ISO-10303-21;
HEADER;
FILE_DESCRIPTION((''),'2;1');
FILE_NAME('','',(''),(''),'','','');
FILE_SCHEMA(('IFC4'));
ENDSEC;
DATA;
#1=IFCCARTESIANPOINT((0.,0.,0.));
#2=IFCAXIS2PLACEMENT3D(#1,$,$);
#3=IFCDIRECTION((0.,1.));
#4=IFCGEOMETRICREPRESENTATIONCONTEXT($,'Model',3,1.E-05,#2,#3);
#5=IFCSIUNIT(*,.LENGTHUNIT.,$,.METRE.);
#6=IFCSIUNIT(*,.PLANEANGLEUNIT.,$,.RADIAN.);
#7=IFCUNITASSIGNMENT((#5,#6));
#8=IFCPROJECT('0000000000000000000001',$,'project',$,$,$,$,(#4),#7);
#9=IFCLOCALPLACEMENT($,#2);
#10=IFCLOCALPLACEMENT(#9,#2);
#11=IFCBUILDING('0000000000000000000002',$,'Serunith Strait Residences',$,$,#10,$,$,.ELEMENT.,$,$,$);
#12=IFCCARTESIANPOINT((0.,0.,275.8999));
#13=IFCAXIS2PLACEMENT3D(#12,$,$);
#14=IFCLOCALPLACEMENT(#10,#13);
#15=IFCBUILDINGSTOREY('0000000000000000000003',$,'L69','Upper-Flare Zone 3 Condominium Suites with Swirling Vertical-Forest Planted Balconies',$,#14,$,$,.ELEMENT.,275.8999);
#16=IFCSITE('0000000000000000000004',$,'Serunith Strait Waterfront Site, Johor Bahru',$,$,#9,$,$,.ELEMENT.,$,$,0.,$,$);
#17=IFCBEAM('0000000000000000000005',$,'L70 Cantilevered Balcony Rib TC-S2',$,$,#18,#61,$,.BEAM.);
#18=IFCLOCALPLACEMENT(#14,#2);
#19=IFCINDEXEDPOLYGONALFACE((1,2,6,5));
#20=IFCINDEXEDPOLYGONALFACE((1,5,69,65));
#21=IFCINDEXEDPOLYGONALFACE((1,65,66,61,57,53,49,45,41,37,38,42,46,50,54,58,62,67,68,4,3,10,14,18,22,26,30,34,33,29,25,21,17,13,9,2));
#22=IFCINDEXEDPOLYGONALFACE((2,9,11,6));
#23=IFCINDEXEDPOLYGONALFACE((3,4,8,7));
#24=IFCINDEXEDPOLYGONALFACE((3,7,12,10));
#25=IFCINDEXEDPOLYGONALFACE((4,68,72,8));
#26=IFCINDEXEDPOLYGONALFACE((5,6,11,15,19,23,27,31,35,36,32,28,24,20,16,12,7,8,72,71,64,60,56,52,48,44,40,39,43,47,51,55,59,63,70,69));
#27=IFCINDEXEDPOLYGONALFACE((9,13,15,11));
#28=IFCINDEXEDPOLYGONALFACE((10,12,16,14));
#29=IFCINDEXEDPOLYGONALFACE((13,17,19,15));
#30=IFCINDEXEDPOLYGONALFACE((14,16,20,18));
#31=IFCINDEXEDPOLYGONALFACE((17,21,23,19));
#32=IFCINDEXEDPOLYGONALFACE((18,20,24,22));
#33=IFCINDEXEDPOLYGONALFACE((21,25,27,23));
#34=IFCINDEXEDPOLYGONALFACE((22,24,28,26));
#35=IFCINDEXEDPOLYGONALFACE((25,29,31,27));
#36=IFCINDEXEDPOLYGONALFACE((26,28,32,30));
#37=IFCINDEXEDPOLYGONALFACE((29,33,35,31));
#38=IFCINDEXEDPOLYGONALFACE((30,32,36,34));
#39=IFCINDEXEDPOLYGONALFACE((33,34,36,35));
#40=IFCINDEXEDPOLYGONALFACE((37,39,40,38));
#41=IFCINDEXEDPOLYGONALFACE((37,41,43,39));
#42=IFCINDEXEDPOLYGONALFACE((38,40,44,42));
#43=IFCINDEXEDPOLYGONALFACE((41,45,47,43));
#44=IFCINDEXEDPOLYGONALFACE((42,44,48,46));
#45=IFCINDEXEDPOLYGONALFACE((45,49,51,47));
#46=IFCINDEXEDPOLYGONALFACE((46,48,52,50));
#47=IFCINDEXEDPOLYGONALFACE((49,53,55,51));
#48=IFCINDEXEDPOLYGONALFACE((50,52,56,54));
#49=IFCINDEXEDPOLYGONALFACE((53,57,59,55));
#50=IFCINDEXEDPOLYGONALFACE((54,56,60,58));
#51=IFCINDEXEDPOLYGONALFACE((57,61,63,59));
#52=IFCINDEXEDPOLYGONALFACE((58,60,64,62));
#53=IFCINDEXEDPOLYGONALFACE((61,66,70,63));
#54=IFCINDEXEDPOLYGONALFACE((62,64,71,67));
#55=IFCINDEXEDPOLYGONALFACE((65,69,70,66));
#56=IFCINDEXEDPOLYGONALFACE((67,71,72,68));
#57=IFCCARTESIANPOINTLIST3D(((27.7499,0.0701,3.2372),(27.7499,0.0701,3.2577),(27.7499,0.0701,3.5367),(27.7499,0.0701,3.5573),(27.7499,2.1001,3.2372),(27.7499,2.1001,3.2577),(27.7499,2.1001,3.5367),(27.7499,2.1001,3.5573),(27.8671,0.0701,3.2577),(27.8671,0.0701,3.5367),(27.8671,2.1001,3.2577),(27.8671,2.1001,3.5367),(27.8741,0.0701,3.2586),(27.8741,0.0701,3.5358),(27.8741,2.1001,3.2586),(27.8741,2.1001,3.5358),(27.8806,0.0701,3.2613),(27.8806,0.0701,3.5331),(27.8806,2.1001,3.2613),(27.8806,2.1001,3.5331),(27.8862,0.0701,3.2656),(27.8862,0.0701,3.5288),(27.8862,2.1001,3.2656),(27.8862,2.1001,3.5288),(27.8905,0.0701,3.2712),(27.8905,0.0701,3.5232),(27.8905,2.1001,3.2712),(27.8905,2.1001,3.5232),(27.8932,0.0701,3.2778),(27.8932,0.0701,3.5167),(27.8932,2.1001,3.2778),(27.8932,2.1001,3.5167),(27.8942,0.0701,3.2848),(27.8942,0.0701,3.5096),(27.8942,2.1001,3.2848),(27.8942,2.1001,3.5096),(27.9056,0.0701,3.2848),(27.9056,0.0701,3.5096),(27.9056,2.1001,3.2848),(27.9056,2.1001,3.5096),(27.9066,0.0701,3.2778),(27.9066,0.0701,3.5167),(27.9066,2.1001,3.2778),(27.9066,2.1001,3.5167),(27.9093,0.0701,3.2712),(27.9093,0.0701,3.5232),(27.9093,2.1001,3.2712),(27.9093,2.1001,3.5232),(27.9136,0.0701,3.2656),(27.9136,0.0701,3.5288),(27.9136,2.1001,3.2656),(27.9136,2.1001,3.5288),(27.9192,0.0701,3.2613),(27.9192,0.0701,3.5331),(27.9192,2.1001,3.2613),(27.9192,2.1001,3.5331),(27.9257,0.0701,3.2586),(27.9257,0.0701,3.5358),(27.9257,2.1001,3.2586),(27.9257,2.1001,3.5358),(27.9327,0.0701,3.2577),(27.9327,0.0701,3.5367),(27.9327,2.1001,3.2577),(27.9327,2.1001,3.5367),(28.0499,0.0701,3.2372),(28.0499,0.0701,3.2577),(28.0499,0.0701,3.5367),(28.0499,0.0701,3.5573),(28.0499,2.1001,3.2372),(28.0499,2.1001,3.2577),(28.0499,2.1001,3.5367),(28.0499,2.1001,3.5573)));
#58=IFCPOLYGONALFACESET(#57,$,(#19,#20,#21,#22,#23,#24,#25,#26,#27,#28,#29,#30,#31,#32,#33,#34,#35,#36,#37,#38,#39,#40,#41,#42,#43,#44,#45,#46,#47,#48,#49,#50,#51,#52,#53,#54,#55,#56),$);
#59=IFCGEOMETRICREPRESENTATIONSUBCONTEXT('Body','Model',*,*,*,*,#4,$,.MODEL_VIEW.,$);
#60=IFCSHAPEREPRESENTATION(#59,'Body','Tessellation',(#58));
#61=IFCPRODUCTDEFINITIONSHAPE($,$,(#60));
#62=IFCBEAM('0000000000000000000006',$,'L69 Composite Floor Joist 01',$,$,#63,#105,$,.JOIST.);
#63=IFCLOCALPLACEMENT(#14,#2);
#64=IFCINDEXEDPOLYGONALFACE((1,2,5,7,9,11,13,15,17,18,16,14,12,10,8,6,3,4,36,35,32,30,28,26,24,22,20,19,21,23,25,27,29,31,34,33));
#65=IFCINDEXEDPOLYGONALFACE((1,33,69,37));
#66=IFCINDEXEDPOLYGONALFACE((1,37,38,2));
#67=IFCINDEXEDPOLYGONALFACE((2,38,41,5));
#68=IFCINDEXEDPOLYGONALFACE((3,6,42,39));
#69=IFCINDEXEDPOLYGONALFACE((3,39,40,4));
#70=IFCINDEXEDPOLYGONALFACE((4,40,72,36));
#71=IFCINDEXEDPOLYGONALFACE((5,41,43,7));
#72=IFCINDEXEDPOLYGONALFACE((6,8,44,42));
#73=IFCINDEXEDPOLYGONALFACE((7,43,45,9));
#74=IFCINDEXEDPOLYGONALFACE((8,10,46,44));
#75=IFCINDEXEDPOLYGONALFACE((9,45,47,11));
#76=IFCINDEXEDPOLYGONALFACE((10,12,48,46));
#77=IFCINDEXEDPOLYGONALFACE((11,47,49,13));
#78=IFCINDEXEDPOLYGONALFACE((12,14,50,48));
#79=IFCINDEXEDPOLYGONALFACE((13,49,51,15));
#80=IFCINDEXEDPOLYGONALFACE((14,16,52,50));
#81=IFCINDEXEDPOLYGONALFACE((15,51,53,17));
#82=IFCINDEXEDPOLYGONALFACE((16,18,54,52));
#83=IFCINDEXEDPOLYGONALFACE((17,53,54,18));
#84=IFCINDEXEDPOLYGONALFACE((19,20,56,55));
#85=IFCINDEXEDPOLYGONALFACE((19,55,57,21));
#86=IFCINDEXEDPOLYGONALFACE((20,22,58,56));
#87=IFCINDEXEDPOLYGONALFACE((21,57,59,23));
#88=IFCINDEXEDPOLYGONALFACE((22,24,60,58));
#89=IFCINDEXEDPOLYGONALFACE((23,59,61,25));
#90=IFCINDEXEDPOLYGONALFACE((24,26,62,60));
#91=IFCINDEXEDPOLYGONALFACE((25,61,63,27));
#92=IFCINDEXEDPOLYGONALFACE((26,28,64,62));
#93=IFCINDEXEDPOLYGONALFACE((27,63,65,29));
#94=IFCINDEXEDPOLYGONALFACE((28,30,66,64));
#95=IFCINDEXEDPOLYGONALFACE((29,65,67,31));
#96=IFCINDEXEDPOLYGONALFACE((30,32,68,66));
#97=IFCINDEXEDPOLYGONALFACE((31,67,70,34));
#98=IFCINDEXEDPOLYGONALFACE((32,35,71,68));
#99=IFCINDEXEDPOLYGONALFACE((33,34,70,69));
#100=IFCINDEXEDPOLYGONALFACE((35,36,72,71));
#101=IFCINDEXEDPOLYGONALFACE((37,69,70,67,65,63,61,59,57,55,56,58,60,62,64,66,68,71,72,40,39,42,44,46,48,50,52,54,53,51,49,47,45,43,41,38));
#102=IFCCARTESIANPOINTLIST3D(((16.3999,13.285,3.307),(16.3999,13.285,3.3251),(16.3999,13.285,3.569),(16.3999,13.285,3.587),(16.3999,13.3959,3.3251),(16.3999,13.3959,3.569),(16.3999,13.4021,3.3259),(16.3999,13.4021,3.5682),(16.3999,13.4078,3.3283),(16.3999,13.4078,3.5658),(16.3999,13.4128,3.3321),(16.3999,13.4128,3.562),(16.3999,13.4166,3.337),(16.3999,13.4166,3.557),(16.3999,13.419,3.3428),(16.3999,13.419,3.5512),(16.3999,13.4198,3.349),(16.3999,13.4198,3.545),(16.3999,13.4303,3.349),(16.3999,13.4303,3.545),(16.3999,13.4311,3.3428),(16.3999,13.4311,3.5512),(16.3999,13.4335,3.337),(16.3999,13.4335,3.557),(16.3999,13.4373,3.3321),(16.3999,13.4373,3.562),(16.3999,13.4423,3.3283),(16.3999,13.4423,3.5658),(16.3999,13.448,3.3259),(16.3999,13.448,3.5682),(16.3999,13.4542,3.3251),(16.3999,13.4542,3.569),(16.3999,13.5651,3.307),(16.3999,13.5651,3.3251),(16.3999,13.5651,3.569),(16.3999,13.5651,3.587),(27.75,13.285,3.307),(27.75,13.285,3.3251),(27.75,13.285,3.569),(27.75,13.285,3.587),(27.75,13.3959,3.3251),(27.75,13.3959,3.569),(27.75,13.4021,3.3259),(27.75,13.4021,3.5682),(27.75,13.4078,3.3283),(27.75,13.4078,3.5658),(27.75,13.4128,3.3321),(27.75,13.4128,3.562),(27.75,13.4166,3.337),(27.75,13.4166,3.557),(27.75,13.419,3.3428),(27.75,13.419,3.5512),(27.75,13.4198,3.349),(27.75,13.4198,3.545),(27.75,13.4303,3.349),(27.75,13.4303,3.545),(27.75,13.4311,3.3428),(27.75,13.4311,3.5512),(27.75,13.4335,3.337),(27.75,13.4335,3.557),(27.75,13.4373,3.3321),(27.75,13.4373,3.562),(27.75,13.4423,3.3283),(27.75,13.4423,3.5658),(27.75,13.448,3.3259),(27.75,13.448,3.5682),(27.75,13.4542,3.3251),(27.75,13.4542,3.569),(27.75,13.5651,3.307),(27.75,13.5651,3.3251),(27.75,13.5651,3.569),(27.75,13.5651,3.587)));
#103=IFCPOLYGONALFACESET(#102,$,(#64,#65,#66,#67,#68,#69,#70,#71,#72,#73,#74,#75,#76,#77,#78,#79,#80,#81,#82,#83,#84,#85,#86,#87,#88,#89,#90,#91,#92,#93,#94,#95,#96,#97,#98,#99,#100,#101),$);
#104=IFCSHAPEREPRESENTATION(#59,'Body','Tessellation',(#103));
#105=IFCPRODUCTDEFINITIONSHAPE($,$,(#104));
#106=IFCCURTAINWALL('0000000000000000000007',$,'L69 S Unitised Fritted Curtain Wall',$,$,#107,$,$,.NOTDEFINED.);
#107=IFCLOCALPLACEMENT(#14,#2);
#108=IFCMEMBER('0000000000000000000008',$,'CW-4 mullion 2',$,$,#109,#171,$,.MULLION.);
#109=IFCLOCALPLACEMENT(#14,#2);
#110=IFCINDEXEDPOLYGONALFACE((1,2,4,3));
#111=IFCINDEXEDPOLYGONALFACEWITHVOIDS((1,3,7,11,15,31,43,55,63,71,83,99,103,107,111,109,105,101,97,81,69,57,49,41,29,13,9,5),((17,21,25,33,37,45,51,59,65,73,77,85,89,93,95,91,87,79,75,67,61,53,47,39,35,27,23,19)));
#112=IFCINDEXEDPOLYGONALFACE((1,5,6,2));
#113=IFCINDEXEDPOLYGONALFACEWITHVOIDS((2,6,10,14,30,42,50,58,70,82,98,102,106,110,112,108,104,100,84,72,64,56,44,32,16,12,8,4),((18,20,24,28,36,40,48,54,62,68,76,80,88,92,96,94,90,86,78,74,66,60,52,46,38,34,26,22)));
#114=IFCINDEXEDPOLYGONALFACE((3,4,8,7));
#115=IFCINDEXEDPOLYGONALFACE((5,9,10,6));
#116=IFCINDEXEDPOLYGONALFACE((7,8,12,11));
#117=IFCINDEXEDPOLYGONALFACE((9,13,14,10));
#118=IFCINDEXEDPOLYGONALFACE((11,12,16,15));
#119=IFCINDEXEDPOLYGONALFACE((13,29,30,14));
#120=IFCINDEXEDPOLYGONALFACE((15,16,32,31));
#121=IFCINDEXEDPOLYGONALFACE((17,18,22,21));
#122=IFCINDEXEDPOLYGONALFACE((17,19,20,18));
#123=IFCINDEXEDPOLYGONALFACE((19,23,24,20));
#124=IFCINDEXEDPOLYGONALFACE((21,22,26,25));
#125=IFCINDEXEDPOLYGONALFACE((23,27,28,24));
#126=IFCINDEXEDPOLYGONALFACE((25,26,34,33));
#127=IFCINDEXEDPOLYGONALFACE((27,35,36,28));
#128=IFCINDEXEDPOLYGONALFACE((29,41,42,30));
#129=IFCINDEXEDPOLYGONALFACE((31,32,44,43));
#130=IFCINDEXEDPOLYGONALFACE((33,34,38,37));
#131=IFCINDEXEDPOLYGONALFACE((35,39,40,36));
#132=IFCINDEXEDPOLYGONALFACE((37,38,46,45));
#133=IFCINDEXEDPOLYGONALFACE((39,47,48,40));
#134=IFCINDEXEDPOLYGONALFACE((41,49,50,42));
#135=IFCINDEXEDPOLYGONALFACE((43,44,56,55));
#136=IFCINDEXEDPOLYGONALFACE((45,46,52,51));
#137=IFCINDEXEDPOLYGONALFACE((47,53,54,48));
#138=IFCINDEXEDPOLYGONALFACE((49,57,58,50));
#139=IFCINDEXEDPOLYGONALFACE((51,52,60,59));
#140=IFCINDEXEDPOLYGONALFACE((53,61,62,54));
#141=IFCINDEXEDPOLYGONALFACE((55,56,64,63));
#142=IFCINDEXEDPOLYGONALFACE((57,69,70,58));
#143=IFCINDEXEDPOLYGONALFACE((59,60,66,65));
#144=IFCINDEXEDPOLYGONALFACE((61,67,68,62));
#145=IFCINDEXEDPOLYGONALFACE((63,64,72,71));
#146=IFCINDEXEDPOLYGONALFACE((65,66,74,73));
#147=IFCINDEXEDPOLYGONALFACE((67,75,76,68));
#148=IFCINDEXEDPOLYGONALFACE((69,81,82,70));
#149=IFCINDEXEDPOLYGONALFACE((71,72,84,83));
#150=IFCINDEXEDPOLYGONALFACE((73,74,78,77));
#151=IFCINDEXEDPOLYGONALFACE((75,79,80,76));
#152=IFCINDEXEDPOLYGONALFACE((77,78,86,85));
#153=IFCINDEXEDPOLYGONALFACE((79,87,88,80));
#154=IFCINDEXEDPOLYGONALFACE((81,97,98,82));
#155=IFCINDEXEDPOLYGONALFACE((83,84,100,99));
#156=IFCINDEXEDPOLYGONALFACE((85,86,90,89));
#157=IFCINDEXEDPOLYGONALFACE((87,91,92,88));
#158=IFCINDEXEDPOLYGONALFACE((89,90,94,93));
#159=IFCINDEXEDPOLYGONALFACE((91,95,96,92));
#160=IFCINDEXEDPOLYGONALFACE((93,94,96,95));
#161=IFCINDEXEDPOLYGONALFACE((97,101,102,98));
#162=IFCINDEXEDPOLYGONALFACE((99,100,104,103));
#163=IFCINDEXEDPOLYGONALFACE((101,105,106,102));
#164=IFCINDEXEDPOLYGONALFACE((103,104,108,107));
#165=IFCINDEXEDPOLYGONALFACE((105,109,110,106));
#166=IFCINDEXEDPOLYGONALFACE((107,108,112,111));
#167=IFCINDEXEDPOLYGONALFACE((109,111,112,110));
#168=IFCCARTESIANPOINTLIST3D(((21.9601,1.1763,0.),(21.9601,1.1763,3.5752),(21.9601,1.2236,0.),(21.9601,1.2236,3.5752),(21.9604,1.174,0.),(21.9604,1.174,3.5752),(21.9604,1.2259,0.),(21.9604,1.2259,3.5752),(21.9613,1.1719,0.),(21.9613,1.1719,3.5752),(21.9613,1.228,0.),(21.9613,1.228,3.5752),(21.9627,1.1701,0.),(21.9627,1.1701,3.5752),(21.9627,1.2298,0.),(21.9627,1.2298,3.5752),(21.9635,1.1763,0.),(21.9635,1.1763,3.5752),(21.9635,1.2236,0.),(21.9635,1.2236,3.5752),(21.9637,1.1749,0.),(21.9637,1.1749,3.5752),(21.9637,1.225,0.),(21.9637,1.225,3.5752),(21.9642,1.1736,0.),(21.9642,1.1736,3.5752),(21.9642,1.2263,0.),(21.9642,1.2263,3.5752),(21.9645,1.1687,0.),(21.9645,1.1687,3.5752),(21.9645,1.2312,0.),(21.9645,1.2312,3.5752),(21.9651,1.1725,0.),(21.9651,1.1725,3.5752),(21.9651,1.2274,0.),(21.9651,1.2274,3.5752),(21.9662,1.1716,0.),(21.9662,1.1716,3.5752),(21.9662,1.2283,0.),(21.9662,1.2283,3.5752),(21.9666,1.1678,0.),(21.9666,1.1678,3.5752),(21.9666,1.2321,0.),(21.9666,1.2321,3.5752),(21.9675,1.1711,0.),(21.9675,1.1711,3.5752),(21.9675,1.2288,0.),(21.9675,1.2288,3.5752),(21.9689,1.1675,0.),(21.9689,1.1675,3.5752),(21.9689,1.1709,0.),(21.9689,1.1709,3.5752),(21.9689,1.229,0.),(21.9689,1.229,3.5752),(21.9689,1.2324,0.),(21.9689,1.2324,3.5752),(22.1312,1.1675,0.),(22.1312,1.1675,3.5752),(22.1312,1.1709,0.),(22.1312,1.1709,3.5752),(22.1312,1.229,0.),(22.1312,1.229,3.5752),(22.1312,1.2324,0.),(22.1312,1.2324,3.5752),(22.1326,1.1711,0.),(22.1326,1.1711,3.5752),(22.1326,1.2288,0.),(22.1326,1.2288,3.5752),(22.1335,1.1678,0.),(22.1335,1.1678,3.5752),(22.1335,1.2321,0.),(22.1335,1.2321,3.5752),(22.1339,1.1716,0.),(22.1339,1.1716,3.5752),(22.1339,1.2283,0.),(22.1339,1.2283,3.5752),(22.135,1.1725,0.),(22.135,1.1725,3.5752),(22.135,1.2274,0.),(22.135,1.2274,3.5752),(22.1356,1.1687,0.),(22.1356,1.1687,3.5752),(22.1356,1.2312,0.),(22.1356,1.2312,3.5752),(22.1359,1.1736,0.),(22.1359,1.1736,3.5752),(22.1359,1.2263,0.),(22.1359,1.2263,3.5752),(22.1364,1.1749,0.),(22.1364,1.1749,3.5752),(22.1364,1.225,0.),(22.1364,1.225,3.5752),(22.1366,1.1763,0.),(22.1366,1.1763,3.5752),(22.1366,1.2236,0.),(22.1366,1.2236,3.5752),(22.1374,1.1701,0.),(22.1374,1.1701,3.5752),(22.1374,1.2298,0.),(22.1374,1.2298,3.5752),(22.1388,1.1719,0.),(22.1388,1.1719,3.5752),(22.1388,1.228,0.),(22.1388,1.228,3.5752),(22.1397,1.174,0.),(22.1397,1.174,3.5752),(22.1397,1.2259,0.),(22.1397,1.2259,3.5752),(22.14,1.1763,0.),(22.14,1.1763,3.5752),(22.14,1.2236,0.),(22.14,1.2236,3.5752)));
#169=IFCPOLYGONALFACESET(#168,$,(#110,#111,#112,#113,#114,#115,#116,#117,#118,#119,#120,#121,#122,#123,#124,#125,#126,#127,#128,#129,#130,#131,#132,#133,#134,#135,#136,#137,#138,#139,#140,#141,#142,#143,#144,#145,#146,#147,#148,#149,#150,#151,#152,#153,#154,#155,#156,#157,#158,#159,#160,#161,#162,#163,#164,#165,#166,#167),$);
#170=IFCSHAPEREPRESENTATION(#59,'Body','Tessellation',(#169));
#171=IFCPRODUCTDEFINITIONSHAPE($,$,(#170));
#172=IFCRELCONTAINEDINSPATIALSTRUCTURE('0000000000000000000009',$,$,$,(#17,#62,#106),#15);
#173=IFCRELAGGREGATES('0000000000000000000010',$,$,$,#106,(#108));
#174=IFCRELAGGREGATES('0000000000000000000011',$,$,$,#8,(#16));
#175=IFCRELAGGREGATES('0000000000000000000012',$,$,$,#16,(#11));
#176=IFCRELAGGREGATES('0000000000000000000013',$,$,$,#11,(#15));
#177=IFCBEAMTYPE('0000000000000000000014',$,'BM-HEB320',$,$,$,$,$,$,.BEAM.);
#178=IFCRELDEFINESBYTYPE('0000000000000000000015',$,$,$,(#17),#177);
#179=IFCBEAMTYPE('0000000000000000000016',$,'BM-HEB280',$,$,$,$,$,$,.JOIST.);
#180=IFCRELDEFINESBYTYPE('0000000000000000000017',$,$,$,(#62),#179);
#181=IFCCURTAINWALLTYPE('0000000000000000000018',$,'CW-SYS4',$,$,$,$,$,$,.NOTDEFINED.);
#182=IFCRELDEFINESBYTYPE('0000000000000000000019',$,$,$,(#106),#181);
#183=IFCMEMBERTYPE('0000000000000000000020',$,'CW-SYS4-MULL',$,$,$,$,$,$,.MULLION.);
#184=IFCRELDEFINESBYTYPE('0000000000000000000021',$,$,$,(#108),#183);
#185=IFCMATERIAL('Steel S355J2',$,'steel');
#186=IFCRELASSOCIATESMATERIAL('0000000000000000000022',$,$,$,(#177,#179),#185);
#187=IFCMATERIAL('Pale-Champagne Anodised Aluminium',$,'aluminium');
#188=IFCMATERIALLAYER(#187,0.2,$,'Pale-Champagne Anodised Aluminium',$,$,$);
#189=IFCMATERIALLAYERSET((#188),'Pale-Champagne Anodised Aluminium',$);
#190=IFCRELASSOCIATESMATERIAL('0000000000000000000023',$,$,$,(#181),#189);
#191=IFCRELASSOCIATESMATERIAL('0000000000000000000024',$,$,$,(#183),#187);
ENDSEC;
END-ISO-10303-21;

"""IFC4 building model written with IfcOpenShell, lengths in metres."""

from ifc_helpers import new_model, si_unit, direction, frame, origin, origin_2d, place, context, subcontext, project, spatial, hollow_rectangle, i_section, extrude, source, transform, mapped, material, layer, layer_set, material_profile, profile_set, type_object, element, aggregate, save


model = new_model("IFC4")

# Units and contexts
model_context = context("Model", 3, precision=1e-05, world=origin(), true_north=direction((0.0, 1.0)))
body_context = subcontext(model_context, "Body", "Model", "MODEL_VIEW")
ifc_project = project(units=[si_unit("LENGTHUNIT", "METRE"), si_unit("PLANEANGLEUNIT", "RADIAN")], contexts=[model_context])

# Site, building, storey
site_placement = place(None, origin())
site = spatial("IfcSite", under=ifc_project, at=site_placement, Name="Serunith Strait Waterfront Site, Johor Bahru", CompositionType="ELEMENT", RefElevation=0.0)
building_placement = place(site_placement, origin())
building = spatial("IfcBuilding", under=site, at=building_placement, Name="Serunith Strait Residences", CompositionType="ELEMENT")
storey_placement = place(building_placement, frame((0.0, 0.0, 275.8999)))
storey = spatial("IfcBuildingStorey", under=building, at=storey_placement, Name="L69", Description="Upper-Flare Zone 3 Condominium Suites with Swirling Vertical-Forest Planted Balconies", CompositionType="ELEMENT", Elevation=275.8999)

# Beams
ifc_material_1 = material(Name="Steel S355J2", Category="steel")
ifc_material_profile_1 = material_profile(ifc_material_1, i_section(OverallWidth=0.3, OverallDepth=0.3201, WebThickness=0.0115, FlangeThickness=0.0205, FilletRadius=0.0271, at=origin_2d()), Name="HEB 320")
ifc_profile_set_1 = profile_set([ifc_material_profile_1], Name="Steel S355J2")
beam_type_1 = type_object("IfcBeamType", Name="BM-HEB320", PredefinedType="BEAM", material=ifc_profile_set_1)
shared_shape_1 = source(origin(), body_context, "Body", "SweptSolid", [
    extrude(i_section(OverallWidth=0.3, OverallDepth=0.3201, WebThickness=0.0115, FlangeThickness=0.0205, FilletRadius=0.0271, at=origin_2d()), origin(), (0.0, 0.0, 1.0), 2.03),
])
beam_1_placement = place(storey_placement, frame((27.8999, 2.1001, 3.3972), z_axis=(0.0, -1.0, 0.0), x_axis=(1.0, 0.0, 0.0)))
element("IfcBeam", 1, at=beam_1_placement, inside=storey, type_object=beam_type_1, Name="L70 Cantilevered Balcony Rib TC-S2", PredefinedType="BEAM", context=body_context, shape_type="MappedRepresentation", body=[
    mapped(shared_shape_1, transform((0.0, 0.0, 0.0), scale=1.0)),
])
ifc_material_profile_2 = material_profile(ifc_material_1, i_section(OverallWidth=0.28, OverallDepth=0.28, WebThickness=0.0105, FlangeThickness=0.0181, FilletRadius=0.0239, at=origin_2d()), Name="HEB 280")
ifc_profile_set_2 = profile_set([ifc_material_profile_2], Name="Steel S355J2")
beam_type_2 = type_object("IfcBeamType", Name="BM-HEB280", PredefinedType="JOIST", material=ifc_profile_set_2)
shared_shape_2 = source(origin(), body_context, "Body", "SweptSolid", [
    extrude(i_section(OverallWidth=0.28, OverallDepth=0.28, WebThickness=0.0105, FlangeThickness=0.0181, FilletRadius=0.0239, at=origin_2d()), origin(), (0.0, 0.0, 1.0), 11.3501),
])
beam_2_placement = place(storey_placement, frame((16.3999, 13.425, 3.447), z_axis=(1.0, 0.0, 0.0), x_axis=(0.0, 1.0, 0.0)))
element("IfcBeam", 2, at=beam_2_placement, inside=storey, type_object=beam_type_2, Name="L69 Composite Floor Joist 01", PredefinedType="JOIST", context=body_context, shape_type="MappedRepresentation", body=[
    mapped(shared_shape_2, transform((0.0, 0.0, 0.0), scale=1.0)),
])

# Curtain wall, member
ifc_material_2 = material(Name="Pale-Champagne Anodised Aluminium", Category="aluminium")
ifc_layer_1 = layer(ifc_material_2, 0.2, Name="Pale-Champagne Anodised Aluminium")
ifc_layer_set_1 = layer_set([ifc_layer_1], Name="Pale-Champagne Anodised Aluminium")
curtain_wall_type = type_object("IfcCurtainWallType", Name="CW-SYS4", PredefinedType="NOTDEFINED", material=ifc_layer_set_1)
curtain_wall_placement = place(storey_placement, origin())
curtain_wall = element("IfcCurtainWall", 3, at=curtain_wall_placement, inside=storey, type_object=curtain_wall_type, Name="L69 S Unitised Fritted Curtain Wall", PredefinedType="NOTDEFINED")
ifc_material_profile_3 = material_profile(ifc_material_2, hollow_rectangle(XDim=0.0649, YDim=0.1799, WallThickness=0.0034, InnerFilletRadius=0.0054, OuterFilletRadius=0.0088, at=origin_2d()), Name="ALU 180x65x3.5")
ifc_profile_set_3 = profile_set([ifc_material_profile_3], Name="Pale-Champagne Anodised Aluminium")
member_type_1 = type_object("IfcMemberType", Name="CW-SYS4-MULL", PredefinedType="MULLION", material=ifc_profile_set_3)
shared_shape_3 = source(origin(), body_context, "Body", "SweptSolid", [
    extrude(hollow_rectangle(XDim=0.0649, YDim=0.1799, WallThickness=0.0034, InnerFilletRadius=0.0054, OuterFilletRadius=0.0088, at=origin_2d()), origin(), (0.0, 0.0, 1.0), 3.5752),
])
member_1_placement = place(storey_placement, frame((22.05, 1.2, 0.0), z_axis=(0.0, 0.0, 1.0), x_axis=(0.0, 1.0, 0.0)))
member_1 = element("IfcMember", 4, at=member_1_placement, type_object=member_type_1, Name="CW-4 mullion 2", PredefinedType="MULLION", context=body_context, shape_type="MappedRepresentation", body=[
    mapped(shared_shape_3, transform((0.0, 0.0, 0.0), scale=1.0)),
])
aggregate(curtain_wall, [member_1])

save(model, "model.ifc")
